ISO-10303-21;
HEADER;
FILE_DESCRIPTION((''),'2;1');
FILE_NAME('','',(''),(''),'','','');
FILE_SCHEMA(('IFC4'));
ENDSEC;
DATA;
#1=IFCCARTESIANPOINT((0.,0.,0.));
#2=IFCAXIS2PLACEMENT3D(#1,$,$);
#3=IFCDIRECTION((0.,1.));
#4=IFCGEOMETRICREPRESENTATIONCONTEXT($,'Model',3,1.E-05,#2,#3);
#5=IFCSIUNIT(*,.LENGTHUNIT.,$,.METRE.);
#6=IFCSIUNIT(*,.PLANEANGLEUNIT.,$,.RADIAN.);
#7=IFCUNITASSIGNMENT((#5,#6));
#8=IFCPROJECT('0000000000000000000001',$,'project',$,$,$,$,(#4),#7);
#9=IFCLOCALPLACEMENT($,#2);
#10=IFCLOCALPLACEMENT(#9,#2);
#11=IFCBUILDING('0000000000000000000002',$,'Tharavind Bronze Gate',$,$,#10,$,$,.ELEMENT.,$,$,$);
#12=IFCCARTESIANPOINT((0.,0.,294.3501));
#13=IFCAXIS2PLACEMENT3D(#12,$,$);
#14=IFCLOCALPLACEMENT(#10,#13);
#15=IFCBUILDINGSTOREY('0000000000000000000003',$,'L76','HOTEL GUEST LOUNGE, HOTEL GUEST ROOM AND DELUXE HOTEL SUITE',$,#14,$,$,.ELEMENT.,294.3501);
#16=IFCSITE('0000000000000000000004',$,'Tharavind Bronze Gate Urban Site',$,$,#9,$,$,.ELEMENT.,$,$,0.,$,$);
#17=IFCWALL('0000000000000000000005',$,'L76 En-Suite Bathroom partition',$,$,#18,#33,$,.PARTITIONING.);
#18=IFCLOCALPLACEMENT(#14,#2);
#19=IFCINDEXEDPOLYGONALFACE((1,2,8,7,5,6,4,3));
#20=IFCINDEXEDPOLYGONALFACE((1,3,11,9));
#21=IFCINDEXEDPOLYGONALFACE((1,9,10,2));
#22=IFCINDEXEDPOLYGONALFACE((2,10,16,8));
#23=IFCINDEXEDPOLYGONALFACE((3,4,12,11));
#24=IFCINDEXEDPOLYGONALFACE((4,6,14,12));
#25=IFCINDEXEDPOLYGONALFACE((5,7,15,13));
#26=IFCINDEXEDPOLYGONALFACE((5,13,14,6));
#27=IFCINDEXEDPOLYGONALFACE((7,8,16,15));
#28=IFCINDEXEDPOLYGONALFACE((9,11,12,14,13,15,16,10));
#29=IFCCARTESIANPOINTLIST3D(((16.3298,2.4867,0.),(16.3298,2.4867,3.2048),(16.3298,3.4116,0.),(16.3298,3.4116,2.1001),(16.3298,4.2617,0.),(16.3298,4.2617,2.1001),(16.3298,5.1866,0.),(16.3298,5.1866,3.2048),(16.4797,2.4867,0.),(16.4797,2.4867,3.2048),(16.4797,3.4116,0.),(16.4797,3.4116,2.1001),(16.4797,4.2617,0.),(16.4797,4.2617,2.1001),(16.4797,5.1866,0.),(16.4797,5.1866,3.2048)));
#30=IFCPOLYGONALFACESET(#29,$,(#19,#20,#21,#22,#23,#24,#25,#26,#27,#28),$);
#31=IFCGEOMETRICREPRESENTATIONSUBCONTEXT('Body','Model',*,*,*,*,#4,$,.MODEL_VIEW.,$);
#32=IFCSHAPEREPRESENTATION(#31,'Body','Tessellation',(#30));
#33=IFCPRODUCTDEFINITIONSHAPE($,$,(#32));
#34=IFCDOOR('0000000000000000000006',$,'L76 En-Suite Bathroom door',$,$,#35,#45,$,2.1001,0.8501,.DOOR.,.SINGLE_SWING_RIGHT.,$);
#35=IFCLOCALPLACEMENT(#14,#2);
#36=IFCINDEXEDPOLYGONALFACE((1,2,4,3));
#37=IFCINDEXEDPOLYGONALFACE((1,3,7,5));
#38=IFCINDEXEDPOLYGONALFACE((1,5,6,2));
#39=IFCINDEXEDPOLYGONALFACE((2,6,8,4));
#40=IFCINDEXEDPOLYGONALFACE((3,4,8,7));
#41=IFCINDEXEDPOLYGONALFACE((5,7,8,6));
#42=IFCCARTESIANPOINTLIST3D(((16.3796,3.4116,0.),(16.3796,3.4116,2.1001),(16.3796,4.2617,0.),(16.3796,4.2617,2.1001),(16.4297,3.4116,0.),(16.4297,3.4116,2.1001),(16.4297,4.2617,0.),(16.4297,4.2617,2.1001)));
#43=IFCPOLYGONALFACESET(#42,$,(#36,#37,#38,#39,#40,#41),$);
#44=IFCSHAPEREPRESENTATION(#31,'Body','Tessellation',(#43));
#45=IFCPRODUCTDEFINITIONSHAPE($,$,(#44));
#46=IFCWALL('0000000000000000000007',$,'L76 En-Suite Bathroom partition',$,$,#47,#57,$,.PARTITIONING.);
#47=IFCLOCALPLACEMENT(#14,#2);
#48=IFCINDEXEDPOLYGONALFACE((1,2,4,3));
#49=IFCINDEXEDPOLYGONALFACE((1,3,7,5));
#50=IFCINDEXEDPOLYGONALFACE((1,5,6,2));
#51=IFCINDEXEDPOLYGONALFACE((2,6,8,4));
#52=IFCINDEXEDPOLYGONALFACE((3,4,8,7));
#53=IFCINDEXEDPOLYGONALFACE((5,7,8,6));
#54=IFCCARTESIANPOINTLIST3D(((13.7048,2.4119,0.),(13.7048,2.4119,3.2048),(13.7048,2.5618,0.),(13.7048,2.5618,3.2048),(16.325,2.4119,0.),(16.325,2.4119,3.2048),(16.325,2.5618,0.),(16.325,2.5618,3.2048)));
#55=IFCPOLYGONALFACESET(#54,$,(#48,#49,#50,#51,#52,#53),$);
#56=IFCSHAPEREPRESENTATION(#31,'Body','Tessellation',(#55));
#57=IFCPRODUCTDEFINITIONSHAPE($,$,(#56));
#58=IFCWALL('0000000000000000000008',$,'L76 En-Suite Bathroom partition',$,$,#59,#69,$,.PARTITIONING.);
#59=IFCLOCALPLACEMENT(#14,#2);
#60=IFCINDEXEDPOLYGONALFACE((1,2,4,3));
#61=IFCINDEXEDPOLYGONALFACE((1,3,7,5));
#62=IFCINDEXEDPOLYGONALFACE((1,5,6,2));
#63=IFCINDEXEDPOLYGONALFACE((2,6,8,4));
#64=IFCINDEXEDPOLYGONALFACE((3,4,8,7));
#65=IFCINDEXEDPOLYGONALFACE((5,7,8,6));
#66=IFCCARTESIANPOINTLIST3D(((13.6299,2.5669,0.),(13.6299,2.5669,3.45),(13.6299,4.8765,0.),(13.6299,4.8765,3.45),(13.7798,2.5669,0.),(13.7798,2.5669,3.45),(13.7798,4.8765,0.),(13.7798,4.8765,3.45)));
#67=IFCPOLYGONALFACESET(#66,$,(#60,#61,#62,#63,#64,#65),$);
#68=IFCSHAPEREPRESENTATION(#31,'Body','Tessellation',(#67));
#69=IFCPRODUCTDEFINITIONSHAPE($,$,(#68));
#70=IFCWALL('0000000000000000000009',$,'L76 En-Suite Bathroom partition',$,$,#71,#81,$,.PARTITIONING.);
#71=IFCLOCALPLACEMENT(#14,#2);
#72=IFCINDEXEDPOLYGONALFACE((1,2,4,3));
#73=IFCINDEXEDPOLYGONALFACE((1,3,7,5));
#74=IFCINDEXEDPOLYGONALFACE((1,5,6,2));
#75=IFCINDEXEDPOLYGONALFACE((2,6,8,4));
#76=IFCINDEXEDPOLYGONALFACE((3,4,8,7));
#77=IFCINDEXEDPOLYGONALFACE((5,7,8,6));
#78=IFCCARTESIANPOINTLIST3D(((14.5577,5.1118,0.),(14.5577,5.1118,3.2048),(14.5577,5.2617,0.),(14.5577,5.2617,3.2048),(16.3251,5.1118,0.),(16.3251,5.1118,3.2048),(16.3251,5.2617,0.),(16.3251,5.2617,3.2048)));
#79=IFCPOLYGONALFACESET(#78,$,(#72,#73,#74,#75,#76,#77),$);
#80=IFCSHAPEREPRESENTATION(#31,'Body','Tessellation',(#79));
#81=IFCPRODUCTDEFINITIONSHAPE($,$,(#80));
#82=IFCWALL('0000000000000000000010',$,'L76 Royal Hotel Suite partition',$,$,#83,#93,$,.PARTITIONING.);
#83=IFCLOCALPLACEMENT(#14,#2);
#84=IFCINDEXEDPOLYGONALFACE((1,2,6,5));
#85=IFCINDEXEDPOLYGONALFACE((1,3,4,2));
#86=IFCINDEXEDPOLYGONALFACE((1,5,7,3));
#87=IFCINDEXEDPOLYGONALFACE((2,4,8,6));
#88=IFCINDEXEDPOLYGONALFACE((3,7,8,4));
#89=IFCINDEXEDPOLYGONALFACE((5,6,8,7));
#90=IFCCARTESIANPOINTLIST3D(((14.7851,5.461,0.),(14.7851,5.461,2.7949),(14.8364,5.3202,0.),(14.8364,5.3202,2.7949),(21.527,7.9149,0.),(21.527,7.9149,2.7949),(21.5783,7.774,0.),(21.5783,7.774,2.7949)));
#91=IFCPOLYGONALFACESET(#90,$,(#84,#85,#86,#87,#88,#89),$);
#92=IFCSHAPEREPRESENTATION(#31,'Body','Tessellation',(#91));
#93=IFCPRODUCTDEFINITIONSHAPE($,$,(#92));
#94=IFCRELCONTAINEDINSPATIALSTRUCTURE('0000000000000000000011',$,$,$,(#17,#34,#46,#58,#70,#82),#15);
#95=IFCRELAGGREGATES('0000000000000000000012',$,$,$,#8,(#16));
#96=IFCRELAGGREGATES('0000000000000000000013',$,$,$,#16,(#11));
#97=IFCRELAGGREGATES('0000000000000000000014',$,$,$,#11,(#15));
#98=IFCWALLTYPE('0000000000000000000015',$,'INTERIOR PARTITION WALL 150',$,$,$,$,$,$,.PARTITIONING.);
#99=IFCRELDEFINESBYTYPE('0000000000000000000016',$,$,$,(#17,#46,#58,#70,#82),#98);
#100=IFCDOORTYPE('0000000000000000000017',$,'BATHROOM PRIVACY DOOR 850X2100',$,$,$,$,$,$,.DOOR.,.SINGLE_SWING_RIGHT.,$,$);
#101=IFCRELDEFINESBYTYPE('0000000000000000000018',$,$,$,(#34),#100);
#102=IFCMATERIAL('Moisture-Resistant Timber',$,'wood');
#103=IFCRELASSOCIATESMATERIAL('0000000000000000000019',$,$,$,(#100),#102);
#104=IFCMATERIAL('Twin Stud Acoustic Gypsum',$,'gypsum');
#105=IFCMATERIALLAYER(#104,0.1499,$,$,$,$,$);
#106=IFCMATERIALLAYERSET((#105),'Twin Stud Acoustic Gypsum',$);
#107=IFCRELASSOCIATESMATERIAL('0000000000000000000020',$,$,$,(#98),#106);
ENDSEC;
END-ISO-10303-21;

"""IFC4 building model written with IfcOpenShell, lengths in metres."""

from ifc_helpers import new_model, si_unit, direction, frame, frame_2d, origin, place, context, subcontext, project, spatial, rectangle, extrude, material, layer, layer_set, type_object, element, fill, save


model = new_model("IFC4")

# Units and contexts
model_context = context("Model", 3, precision=1e-05, world=origin(), true_north=direction((0.0, 1.0)))
body_context = subcontext(model_context, "Body", "Model", "MODEL_VIEW")
ifc_project = project(units=[si_unit("LENGTHUNIT", "METRE"), si_unit("PLANEANGLEUNIT", "RADIAN")], contexts=[model_context])

# Site, building, storey
site_placement = place(None, origin())
site = spatial("IfcSite", under=ifc_project, at=site_placement, Name="Tharavind Bronze Gate Urban Site", CompositionType="ELEMENT", RefElevation=0.0)
building_placement = place(site_placement, origin())
building = spatial("IfcBuilding", under=site, at=building_placement, Name="Tharavind Bronze Gate", CompositionType="ELEMENT")
storey_placement = place(building_placement, frame((0.0, 0.0, 294.3501)))
storey = spatial("IfcBuildingStorey", under=building, at=storey_placement, Name="L76", Description="HOTEL GUEST LOUNGE, HOTEL GUEST ROOM AND DELUXE HOTEL SUITE", CompositionType="ELEMENT", Elevation=294.3501)

# Shared definitions
ifc_material_1 = material(Name="Moisture-Resistant Timber", Category="wood")
door_type_1 = type_object("IfcDoorType", Name="BATHROOM PRIVACY DOOR 850X2100", OperationType="SINGLE_SWING_RIGHT", PredefinedType="DOOR", material=ifc_material_1)

# Shared definitions
ifc_material_2 = material(Name="Twin Stud Acoustic Gypsum", Category="gypsum")
ifc_layer_1 = layer(ifc_material_2, 0.1499)
ifc_layer_set_1 = layer_set([ifc_layer_1], Name="Twin Stud Acoustic Gypsum")
wall_type_1 = type_object("IfcWallType", Name="INTERIOR PARTITION WALL 150", PredefinedType="PARTITIONING", material=ifc_layer_set_1)

# Wall, opening, door
wall_1_placement = place(storey_placement, frame((16.4048, 5.1868, 0.0), z_axis=(0.0, 0.0, 1.0), x_axis=(0.0, -1.0, 0.0)))
wall_1 = element("IfcWall", 1, at=wall_1_placement, inside=storey, type_object=wall_type_1, Name="L76 En-Suite Bathroom partition", PredefinedType="PARTITIONING", context=body_context, shape_type="SweptSolid", body=[
    extrude(rectangle(XDim=2.7, YDim=0.1499, at=frame_2d((1.3501, 0.0))), origin(), (0.0, 0.0, 1.0), 3.2048),
])
opening_1_placement = place(wall_1_placement, frame((0.925, 0.0, 0.0)))
opening_1 = element("IfcOpeningElement", 2, at=opening_1_placement, cuts=wall_1, PredefinedType="OPENING", context=body_context, shape_type="SweptSolid", body=[
    extrude(rectangle(XDim=0.8501, YDim=2.1001, at=frame_2d((0.425, 1.05))), frame((0.0, 0.085, 0.0), z_axis=(0.0, -1.0, 0.0), x_axis=(1.0, 0.0, 0.0)), (0.0, 0.0, 1.0), 0.1699),
])
door_1_placement = place(opening_1_placement, origin())
door_1 = element("IfcDoor", 3, at=door_1_placement, inside=storey, type_object=door_type_1, Name="L76 En-Suite Bathroom door", OperationType="SINGLE_SWING_RIGHT", OverallHeight=2.1001, OverallWidth=0.8501, PredefinedType="DOOR", context=body_context, shape_type="SweptSolid", body=[
    extrude(rectangle(XDim=0.8501, YDim=2.1001, at=frame_2d((0.425, 1.05))), frame((0.0, 0.0249, 0.0), z_axis=(0.0, -1.0, 0.0), x_axis=(1.0, 0.0, 0.0)), (0.0, 0.0, 1.0), 0.05),
])
fill(opening_1, door_1)

# Walls
wall_2_placement = place(storey_placement, frame((16.325, 2.4868, 0.0), z_axis=(0.0, 0.0, 1.0), x_axis=(-1.0, 0.0, 0.0)))
element("IfcWall", 4, at=wall_2_placement, inside=storey, type_object=wall_type_1, Name="L76 En-Suite Bathroom partition", PredefinedType="PARTITIONING", context=body_context, shape_type="SweptSolid", body=[
    extrude(rectangle(XDim=2.6201, YDim=0.1499, at=frame_2d((1.3101, 0.0))), origin(), (0.0, 0.0, 1.0), 3.2048),
])
wall_3_placement = place(storey_placement, frame((13.7048, 2.5669, 0.0), z_axis=(0.0, 0.0, 1.0), x_axis=(0.0, 1.0, 0.0)))
element("IfcWall", 5, at=wall_3_placement, inside=storey, type_object=wall_type_1, Name="L76 En-Suite Bathroom partition", PredefinedType="PARTITIONING", context=body_context, shape_type="SweptSolid", body=[
    extrude(rectangle(XDim=2.3096, YDim=0.1499, at=frame_2d((1.1548, 0.0))), origin(), (0.0, 0.0, 1.0), 3.45),
])
wall_4_placement = place(storey_placement, frame((14.5576, 5.1868, 0.0), z_axis=(0.0, 0.0, 1.0), x_axis=(1.0, 0.0, 0.0)))
element("IfcWall", 6, at=wall_4_placement, inside=storey, type_object=wall_type_1, Name="L76 En-Suite Bathroom partition", PredefinedType="PARTITIONING", context=body_context, shape_type="SweptSolid", body=[
    extrude(rectangle(XDim=1.7673, YDim=0.1499, at=frame_2d((0.8838, 0.0))), origin(), (0.0, 0.0, 1.0), 3.2048),
])
wall_5_placement = place(storey_placement, frame((21.5527, 7.8445, 0.0), z_axis=(0.0, 0.0, 1.0), x_axis=(-0.939693, -0.342019, 0.0)))
element("IfcWall", 7, at=wall_5_placement, inside=storey, type_object=wall_type_1, Name="L76 Royal Hotel Suite partition", PredefinedType="PARTITIONING", context=body_context, shape_type="SweptSolid", body=[
    extrude(rectangle(XDim=7.1746, YDim=0.1499, at=frame_2d((3.5874, 0.0))), origin(), (0.0, 0.0, 1.0), 2.7949),
])

save(model, "model.ifc")
